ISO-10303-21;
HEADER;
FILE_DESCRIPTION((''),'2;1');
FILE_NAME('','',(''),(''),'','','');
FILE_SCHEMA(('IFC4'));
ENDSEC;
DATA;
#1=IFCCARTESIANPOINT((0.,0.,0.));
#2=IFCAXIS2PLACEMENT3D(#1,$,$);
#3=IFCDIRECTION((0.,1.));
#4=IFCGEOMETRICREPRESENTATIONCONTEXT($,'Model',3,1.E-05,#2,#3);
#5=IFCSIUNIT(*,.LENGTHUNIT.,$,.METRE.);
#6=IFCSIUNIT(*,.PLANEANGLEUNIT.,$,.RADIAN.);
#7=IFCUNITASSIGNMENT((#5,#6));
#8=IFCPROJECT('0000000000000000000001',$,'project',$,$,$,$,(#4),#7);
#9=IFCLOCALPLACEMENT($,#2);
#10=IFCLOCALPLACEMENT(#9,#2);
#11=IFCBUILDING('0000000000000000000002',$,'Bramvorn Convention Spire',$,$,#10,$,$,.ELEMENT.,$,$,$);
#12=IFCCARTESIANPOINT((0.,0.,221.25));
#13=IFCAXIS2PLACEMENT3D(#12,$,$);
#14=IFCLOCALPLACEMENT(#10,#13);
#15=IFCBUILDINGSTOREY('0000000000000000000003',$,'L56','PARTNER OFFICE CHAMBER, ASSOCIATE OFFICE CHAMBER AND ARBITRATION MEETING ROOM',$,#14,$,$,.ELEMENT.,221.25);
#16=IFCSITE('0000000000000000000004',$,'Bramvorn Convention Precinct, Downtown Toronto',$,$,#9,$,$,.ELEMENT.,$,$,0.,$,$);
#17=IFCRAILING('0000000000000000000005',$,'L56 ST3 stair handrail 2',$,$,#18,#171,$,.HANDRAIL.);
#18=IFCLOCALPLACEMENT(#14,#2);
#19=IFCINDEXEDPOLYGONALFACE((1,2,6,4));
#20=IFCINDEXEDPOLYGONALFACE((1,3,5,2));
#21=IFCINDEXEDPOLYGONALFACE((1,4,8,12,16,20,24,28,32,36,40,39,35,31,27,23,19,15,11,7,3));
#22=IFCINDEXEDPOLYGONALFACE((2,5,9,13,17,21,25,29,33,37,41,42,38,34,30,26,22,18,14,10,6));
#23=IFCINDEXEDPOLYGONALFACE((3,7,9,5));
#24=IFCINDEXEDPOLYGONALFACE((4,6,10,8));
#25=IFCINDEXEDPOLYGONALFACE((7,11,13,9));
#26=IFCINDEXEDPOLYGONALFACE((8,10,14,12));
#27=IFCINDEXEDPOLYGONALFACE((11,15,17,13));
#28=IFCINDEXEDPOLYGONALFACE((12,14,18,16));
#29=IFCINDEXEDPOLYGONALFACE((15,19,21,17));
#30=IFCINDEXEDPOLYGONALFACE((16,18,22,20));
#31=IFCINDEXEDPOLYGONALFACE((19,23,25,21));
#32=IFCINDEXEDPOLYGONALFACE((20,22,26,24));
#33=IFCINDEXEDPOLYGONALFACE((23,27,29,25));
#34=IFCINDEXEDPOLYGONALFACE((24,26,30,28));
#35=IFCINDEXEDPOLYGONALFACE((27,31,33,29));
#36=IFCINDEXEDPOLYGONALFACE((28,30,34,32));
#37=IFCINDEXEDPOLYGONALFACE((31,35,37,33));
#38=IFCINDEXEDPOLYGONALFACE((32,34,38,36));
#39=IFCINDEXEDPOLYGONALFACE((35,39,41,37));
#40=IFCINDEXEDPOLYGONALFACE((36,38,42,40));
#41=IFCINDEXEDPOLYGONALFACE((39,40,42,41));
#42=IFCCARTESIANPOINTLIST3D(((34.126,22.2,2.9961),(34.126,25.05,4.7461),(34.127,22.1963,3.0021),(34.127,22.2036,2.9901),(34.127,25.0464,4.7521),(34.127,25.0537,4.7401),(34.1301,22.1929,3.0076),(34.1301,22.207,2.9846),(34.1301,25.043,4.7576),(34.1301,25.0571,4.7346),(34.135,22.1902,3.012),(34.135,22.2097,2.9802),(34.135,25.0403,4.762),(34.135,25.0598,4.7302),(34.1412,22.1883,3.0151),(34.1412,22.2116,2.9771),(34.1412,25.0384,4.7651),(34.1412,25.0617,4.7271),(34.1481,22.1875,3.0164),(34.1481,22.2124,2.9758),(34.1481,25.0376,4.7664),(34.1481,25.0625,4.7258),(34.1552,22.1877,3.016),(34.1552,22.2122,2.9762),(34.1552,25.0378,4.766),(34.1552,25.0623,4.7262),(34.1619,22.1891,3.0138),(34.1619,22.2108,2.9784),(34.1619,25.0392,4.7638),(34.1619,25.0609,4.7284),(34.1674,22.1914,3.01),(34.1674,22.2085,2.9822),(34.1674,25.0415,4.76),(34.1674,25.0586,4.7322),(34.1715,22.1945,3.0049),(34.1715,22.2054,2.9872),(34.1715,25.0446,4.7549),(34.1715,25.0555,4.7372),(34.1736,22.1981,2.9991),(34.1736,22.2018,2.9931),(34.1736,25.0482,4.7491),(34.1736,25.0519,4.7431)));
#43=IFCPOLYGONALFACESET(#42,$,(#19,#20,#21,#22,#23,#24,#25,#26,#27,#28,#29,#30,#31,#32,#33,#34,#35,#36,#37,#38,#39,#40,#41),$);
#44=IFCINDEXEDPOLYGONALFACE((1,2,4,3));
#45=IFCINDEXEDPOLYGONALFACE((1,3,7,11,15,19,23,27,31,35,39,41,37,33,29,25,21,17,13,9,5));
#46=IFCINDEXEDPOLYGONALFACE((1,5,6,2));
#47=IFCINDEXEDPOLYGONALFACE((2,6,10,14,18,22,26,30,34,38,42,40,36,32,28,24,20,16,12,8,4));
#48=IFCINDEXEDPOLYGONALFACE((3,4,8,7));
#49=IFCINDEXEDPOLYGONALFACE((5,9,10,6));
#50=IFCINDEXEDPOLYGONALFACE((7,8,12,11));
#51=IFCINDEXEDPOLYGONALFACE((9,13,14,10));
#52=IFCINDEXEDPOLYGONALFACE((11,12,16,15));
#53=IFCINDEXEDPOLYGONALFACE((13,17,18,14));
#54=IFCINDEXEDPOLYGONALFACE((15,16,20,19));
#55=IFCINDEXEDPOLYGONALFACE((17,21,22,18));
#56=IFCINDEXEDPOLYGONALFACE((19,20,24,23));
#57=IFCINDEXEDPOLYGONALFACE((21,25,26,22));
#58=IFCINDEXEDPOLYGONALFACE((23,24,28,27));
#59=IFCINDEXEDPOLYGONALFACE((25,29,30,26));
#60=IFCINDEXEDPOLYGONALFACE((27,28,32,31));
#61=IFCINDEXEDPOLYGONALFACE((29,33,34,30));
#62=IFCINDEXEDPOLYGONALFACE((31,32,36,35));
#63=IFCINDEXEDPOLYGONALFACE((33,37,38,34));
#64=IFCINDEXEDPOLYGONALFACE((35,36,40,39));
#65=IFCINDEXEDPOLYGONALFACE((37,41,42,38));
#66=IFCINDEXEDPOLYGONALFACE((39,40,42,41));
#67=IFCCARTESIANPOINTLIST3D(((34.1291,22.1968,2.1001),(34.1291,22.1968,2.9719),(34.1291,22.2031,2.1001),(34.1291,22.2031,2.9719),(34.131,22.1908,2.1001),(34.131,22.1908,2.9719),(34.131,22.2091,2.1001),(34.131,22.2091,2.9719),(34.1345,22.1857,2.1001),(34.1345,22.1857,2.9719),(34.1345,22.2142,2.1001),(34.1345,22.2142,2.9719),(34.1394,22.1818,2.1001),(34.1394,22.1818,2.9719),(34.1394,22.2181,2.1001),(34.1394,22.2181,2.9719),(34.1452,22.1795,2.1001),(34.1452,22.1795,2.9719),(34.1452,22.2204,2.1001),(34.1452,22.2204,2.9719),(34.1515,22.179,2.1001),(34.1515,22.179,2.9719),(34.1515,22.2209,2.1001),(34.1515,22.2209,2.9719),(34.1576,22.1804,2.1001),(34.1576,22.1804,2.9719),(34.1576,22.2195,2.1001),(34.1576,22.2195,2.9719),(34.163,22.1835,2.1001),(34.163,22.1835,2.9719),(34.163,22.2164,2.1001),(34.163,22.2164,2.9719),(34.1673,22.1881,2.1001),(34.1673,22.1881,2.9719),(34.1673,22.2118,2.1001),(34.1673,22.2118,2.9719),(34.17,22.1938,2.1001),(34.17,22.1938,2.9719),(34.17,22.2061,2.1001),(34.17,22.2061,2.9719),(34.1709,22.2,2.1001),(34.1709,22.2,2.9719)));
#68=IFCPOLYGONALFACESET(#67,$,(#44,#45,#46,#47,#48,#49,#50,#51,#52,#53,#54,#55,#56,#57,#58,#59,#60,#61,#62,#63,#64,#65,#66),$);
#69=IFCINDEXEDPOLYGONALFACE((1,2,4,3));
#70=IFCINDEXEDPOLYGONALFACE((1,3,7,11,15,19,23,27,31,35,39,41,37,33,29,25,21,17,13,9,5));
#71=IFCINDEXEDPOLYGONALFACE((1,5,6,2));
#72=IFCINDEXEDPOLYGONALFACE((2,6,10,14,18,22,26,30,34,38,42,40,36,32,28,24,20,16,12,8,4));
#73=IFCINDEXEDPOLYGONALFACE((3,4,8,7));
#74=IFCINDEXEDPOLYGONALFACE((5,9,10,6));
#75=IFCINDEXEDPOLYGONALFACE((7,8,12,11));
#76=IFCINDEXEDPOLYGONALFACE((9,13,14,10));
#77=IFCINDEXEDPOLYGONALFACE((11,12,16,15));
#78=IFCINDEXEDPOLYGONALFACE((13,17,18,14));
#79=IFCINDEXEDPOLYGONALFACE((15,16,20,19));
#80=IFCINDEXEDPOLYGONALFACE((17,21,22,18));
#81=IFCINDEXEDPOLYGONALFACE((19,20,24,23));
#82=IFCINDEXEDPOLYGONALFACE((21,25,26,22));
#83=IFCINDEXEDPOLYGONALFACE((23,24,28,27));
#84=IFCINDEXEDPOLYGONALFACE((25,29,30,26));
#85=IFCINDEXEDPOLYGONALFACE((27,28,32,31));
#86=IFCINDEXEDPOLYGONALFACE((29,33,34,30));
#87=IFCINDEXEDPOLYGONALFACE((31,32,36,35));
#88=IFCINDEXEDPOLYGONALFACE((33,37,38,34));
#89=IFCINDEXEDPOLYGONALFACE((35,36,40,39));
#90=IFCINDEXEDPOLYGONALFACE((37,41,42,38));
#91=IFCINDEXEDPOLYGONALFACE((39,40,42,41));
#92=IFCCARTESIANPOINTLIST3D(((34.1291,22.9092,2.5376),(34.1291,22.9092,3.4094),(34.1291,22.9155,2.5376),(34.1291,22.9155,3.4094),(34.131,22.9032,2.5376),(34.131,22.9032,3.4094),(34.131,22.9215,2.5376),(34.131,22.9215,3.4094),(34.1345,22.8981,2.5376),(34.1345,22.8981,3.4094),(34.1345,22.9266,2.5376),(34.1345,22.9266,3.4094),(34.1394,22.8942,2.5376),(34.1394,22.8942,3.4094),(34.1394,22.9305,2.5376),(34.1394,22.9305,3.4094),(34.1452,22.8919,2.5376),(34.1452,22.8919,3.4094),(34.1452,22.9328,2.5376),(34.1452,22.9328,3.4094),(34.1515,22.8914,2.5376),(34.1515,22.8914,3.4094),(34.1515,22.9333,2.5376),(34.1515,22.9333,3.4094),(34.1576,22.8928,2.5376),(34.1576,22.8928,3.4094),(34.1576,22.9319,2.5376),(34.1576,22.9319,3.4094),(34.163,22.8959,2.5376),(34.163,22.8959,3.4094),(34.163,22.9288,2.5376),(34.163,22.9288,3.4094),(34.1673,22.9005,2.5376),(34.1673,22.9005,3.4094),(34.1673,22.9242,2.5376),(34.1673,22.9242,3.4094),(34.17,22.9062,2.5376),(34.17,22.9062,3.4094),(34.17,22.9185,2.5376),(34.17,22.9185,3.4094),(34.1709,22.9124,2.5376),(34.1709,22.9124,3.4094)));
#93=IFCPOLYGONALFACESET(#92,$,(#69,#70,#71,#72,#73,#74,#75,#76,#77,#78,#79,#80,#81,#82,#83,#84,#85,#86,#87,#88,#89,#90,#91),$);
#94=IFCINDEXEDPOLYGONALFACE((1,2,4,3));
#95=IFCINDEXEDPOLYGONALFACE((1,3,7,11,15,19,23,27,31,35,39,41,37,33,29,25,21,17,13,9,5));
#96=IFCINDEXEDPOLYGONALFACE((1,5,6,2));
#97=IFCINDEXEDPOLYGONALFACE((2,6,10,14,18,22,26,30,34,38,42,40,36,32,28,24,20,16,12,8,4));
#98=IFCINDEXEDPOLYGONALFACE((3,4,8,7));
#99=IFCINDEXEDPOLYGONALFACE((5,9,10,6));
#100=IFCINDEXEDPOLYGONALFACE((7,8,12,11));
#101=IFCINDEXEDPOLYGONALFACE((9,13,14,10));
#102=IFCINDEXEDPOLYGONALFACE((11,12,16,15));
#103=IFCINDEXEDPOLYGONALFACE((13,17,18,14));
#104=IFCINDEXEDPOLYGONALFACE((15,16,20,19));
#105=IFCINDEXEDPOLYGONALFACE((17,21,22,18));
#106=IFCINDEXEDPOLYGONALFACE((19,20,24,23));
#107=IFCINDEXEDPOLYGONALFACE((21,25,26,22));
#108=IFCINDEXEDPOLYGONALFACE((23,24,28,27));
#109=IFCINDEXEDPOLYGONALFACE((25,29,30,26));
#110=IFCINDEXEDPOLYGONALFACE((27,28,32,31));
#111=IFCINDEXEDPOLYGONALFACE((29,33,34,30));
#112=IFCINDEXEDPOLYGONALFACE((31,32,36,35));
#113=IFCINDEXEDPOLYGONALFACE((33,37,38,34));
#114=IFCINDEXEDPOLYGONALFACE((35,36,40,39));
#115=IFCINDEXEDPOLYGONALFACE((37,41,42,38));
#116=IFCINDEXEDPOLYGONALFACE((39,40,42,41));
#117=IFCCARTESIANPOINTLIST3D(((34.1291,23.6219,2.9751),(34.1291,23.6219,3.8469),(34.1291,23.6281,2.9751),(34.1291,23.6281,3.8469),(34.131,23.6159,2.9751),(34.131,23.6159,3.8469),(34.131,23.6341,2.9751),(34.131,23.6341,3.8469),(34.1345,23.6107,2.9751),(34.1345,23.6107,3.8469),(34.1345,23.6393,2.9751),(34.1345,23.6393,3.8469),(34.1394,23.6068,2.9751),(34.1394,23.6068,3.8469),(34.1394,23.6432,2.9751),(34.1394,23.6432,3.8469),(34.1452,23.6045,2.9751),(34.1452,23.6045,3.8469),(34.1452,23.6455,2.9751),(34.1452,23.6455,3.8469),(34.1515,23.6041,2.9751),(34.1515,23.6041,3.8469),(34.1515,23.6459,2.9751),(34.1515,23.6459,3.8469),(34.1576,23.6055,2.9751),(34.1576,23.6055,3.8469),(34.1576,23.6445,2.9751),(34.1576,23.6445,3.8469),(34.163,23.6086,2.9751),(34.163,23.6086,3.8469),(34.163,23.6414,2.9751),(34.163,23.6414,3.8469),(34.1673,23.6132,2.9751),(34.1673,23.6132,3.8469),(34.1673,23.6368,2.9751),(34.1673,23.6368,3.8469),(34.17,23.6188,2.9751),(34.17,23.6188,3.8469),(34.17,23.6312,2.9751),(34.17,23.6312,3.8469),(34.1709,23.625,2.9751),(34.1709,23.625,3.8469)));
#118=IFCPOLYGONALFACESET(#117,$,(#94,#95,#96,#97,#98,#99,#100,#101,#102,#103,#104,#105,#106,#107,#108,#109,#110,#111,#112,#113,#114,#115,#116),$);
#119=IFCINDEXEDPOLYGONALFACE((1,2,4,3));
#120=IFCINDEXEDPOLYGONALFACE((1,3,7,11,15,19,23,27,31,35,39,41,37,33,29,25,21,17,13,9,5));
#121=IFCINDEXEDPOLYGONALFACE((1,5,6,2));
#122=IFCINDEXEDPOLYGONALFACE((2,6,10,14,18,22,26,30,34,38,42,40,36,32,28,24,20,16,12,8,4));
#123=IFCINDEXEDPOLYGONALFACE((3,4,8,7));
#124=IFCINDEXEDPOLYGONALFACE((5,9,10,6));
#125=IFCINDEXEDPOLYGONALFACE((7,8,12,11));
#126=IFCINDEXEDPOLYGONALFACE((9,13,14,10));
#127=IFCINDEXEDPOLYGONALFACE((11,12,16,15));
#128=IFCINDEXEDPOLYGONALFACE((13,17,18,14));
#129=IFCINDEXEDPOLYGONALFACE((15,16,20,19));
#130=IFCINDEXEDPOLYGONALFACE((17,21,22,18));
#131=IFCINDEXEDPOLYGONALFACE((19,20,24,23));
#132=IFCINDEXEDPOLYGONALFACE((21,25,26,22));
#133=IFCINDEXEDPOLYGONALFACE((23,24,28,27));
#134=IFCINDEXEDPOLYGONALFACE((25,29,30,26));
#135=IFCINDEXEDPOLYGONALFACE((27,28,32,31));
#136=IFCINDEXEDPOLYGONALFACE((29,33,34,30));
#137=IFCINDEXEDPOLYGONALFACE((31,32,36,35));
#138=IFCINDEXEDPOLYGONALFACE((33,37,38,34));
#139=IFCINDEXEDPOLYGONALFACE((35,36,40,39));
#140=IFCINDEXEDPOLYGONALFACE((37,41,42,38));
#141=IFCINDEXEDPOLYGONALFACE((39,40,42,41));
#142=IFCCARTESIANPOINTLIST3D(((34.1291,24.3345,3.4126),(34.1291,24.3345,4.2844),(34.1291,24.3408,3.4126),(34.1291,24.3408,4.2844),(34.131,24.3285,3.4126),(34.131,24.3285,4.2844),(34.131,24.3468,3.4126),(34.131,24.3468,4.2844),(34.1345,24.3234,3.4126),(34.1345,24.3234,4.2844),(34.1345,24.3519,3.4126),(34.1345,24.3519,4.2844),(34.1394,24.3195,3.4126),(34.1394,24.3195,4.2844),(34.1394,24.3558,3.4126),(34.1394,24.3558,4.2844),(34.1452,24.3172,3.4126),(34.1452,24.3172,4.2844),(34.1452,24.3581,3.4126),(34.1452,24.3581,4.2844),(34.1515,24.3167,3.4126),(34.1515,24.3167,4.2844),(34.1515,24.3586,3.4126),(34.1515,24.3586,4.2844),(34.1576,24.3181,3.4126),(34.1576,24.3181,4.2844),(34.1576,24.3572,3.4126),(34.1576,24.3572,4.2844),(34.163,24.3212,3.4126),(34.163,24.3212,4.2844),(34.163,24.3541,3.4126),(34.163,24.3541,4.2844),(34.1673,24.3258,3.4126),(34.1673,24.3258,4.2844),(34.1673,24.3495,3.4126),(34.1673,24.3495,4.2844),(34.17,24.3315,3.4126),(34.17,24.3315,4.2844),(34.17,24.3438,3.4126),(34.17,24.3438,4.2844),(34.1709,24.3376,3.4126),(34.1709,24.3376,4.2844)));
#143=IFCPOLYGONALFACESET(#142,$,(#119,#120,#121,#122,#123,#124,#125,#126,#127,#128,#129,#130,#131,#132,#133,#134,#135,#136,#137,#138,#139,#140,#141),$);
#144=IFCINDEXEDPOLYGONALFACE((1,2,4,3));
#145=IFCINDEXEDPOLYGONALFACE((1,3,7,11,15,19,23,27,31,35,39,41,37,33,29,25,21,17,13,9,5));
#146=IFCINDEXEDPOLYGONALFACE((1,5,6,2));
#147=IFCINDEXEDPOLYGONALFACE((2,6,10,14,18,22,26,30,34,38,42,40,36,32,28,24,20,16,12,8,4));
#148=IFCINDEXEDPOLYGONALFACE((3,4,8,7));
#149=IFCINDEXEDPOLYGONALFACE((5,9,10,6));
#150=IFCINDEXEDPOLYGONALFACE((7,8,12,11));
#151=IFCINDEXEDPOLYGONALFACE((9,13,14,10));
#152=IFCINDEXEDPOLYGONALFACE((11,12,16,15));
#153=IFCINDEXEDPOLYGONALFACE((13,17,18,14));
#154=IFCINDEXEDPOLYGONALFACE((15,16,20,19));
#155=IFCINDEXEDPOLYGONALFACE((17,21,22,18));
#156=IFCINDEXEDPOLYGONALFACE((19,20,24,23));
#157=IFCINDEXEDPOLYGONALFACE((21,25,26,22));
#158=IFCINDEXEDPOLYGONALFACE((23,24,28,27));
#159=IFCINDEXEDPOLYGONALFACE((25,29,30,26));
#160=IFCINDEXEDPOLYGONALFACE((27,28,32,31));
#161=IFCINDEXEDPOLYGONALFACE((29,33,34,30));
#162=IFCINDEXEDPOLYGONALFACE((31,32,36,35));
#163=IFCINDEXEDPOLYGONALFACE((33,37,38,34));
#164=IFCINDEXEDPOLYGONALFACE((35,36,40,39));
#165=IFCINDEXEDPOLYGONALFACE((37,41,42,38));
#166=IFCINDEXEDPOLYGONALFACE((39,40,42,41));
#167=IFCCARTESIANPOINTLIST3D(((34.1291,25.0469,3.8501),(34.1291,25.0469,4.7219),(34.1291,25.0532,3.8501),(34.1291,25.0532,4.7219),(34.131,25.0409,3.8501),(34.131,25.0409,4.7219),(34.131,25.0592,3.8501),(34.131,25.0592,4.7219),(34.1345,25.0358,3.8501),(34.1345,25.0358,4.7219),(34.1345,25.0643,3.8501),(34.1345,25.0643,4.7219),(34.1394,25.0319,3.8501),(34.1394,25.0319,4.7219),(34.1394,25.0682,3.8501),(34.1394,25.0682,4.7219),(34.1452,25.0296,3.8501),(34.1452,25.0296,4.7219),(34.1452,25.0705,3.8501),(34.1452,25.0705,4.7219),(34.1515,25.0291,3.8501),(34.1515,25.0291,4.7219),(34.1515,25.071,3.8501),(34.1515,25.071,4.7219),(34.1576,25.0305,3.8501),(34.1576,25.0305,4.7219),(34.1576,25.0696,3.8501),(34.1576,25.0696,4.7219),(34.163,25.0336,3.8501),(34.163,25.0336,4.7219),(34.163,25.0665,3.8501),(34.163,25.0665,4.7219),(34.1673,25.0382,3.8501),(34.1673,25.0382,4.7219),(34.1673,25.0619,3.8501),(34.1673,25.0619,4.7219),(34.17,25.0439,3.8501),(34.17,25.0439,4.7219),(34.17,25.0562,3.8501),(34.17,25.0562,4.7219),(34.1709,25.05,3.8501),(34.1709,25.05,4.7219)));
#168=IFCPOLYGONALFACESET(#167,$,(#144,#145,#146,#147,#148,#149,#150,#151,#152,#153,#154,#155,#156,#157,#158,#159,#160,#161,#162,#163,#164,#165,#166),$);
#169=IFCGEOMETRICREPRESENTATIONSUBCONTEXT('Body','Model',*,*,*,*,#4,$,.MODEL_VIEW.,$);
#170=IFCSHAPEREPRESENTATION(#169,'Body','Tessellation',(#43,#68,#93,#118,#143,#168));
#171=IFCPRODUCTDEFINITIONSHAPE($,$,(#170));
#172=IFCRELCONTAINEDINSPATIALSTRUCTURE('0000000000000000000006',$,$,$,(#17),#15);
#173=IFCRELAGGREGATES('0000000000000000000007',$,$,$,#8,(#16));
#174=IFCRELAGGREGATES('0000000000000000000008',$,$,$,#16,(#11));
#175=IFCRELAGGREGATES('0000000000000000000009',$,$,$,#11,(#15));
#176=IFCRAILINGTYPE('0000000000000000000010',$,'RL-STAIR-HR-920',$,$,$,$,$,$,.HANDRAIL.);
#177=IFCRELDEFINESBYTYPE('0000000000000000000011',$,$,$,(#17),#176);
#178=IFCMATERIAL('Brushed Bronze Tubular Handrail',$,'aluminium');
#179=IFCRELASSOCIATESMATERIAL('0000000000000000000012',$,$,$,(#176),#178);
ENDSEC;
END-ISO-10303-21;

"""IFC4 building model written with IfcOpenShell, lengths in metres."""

from ifc_helpers import new_model, si_unit, direction, frame, origin, origin_2d, place, context, subcontext, project, spatial, circle, extrude, material, type_object, element, save


model = new_model("IFC4")

# Units and contexts
model_context = context("Model", 3, precision=1e-05, world=origin(), true_north=direction((0.0, 1.0)))
body_context = subcontext(model_context, "Body", "Model", "MODEL_VIEW")
ifc_project = project(units=[si_unit("LENGTHUNIT", "METRE"), si_unit("PLANEANGLEUNIT", "RADIAN")], contexts=[model_context])

# Site, building, storey
site_placement = place(None, origin())
site = spatial("IfcSite", under=ifc_project, at=site_placement, Name="Bramvorn Convention Precinct, Downtown Toronto", CompositionType="ELEMENT", RefElevation=0.0)
building_placement = place(site_placement, origin())
building = spatial("IfcBuilding", under=site, at=building_placement, Name="Bramvorn Convention Spire", CompositionType="ELEMENT")
storey_placement = place(building_placement, frame((0.0, 0.0, 221.25)))
storey = spatial("IfcBuildingStorey", under=building, at=storey_placement, Name="L56", Description="PARTNER OFFICE CHAMBER, ASSOCIATE OFFICE CHAMBER AND ARBITRATION MEETING ROOM", CompositionType="ELEMENT", Elevation=221.25)

# Railing
ifc_material_1 = material(Name="Brushed Bronze Tubular Handrail", Category="aluminium")
railing_type_1 = type_object("IfcRailingType", Name="RL-STAIR-HR-920", PredefinedType="HANDRAIL", material=ifc_material_1)
for number, where, name in (
    (1, (34.1499, 22.2, 2.1001), "L56 ST3 stair handrail 2"),
):
    element("IfcRailing", number, at=place(storey_placement, frame(where)), inside=storey, type_object=railing_type_1, Name=name, PredefinedType="HANDRAIL", context=body_context, shape_type="SweptSolid", body=[
        extrude(circle(Radius=0.0239, at=origin_2d()), frame((0.0, 0.0, 0.896), z_axis=(0.0, 0.852179, 0.52325), x_axis=(-1.0, 0.0, 0.0)), (0.0, 0.0, 1.0), 3.3445),
        extrude(circle(Radius=0.021, at=origin_2d()), origin(), (0.0, 0.0, 1.0), 0.8718),
        extrude(circle(Radius=0.021, at=origin_2d()), frame((0.0, 0.7124, 0.4375)), (0.0, 0.0, 1.0), 0.8718),
        extrude(circle(Radius=0.021, at=origin_2d()), frame((0.0, 1.425, 0.875)), (0.0, 0.0, 1.0), 0.8718),
        extrude(circle(Radius=0.021, at=origin_2d()), frame((0.0, 2.1377, 1.3125)), (0.0, 0.0, 1.0), 0.8718),
        extrude(circle(Radius=0.021, at=origin_2d()), frame((0.0, 2.8501, 1.75)), (0.0, 0.0, 1.0), 0.8718),
    ])

save(model, "model.ifc")
